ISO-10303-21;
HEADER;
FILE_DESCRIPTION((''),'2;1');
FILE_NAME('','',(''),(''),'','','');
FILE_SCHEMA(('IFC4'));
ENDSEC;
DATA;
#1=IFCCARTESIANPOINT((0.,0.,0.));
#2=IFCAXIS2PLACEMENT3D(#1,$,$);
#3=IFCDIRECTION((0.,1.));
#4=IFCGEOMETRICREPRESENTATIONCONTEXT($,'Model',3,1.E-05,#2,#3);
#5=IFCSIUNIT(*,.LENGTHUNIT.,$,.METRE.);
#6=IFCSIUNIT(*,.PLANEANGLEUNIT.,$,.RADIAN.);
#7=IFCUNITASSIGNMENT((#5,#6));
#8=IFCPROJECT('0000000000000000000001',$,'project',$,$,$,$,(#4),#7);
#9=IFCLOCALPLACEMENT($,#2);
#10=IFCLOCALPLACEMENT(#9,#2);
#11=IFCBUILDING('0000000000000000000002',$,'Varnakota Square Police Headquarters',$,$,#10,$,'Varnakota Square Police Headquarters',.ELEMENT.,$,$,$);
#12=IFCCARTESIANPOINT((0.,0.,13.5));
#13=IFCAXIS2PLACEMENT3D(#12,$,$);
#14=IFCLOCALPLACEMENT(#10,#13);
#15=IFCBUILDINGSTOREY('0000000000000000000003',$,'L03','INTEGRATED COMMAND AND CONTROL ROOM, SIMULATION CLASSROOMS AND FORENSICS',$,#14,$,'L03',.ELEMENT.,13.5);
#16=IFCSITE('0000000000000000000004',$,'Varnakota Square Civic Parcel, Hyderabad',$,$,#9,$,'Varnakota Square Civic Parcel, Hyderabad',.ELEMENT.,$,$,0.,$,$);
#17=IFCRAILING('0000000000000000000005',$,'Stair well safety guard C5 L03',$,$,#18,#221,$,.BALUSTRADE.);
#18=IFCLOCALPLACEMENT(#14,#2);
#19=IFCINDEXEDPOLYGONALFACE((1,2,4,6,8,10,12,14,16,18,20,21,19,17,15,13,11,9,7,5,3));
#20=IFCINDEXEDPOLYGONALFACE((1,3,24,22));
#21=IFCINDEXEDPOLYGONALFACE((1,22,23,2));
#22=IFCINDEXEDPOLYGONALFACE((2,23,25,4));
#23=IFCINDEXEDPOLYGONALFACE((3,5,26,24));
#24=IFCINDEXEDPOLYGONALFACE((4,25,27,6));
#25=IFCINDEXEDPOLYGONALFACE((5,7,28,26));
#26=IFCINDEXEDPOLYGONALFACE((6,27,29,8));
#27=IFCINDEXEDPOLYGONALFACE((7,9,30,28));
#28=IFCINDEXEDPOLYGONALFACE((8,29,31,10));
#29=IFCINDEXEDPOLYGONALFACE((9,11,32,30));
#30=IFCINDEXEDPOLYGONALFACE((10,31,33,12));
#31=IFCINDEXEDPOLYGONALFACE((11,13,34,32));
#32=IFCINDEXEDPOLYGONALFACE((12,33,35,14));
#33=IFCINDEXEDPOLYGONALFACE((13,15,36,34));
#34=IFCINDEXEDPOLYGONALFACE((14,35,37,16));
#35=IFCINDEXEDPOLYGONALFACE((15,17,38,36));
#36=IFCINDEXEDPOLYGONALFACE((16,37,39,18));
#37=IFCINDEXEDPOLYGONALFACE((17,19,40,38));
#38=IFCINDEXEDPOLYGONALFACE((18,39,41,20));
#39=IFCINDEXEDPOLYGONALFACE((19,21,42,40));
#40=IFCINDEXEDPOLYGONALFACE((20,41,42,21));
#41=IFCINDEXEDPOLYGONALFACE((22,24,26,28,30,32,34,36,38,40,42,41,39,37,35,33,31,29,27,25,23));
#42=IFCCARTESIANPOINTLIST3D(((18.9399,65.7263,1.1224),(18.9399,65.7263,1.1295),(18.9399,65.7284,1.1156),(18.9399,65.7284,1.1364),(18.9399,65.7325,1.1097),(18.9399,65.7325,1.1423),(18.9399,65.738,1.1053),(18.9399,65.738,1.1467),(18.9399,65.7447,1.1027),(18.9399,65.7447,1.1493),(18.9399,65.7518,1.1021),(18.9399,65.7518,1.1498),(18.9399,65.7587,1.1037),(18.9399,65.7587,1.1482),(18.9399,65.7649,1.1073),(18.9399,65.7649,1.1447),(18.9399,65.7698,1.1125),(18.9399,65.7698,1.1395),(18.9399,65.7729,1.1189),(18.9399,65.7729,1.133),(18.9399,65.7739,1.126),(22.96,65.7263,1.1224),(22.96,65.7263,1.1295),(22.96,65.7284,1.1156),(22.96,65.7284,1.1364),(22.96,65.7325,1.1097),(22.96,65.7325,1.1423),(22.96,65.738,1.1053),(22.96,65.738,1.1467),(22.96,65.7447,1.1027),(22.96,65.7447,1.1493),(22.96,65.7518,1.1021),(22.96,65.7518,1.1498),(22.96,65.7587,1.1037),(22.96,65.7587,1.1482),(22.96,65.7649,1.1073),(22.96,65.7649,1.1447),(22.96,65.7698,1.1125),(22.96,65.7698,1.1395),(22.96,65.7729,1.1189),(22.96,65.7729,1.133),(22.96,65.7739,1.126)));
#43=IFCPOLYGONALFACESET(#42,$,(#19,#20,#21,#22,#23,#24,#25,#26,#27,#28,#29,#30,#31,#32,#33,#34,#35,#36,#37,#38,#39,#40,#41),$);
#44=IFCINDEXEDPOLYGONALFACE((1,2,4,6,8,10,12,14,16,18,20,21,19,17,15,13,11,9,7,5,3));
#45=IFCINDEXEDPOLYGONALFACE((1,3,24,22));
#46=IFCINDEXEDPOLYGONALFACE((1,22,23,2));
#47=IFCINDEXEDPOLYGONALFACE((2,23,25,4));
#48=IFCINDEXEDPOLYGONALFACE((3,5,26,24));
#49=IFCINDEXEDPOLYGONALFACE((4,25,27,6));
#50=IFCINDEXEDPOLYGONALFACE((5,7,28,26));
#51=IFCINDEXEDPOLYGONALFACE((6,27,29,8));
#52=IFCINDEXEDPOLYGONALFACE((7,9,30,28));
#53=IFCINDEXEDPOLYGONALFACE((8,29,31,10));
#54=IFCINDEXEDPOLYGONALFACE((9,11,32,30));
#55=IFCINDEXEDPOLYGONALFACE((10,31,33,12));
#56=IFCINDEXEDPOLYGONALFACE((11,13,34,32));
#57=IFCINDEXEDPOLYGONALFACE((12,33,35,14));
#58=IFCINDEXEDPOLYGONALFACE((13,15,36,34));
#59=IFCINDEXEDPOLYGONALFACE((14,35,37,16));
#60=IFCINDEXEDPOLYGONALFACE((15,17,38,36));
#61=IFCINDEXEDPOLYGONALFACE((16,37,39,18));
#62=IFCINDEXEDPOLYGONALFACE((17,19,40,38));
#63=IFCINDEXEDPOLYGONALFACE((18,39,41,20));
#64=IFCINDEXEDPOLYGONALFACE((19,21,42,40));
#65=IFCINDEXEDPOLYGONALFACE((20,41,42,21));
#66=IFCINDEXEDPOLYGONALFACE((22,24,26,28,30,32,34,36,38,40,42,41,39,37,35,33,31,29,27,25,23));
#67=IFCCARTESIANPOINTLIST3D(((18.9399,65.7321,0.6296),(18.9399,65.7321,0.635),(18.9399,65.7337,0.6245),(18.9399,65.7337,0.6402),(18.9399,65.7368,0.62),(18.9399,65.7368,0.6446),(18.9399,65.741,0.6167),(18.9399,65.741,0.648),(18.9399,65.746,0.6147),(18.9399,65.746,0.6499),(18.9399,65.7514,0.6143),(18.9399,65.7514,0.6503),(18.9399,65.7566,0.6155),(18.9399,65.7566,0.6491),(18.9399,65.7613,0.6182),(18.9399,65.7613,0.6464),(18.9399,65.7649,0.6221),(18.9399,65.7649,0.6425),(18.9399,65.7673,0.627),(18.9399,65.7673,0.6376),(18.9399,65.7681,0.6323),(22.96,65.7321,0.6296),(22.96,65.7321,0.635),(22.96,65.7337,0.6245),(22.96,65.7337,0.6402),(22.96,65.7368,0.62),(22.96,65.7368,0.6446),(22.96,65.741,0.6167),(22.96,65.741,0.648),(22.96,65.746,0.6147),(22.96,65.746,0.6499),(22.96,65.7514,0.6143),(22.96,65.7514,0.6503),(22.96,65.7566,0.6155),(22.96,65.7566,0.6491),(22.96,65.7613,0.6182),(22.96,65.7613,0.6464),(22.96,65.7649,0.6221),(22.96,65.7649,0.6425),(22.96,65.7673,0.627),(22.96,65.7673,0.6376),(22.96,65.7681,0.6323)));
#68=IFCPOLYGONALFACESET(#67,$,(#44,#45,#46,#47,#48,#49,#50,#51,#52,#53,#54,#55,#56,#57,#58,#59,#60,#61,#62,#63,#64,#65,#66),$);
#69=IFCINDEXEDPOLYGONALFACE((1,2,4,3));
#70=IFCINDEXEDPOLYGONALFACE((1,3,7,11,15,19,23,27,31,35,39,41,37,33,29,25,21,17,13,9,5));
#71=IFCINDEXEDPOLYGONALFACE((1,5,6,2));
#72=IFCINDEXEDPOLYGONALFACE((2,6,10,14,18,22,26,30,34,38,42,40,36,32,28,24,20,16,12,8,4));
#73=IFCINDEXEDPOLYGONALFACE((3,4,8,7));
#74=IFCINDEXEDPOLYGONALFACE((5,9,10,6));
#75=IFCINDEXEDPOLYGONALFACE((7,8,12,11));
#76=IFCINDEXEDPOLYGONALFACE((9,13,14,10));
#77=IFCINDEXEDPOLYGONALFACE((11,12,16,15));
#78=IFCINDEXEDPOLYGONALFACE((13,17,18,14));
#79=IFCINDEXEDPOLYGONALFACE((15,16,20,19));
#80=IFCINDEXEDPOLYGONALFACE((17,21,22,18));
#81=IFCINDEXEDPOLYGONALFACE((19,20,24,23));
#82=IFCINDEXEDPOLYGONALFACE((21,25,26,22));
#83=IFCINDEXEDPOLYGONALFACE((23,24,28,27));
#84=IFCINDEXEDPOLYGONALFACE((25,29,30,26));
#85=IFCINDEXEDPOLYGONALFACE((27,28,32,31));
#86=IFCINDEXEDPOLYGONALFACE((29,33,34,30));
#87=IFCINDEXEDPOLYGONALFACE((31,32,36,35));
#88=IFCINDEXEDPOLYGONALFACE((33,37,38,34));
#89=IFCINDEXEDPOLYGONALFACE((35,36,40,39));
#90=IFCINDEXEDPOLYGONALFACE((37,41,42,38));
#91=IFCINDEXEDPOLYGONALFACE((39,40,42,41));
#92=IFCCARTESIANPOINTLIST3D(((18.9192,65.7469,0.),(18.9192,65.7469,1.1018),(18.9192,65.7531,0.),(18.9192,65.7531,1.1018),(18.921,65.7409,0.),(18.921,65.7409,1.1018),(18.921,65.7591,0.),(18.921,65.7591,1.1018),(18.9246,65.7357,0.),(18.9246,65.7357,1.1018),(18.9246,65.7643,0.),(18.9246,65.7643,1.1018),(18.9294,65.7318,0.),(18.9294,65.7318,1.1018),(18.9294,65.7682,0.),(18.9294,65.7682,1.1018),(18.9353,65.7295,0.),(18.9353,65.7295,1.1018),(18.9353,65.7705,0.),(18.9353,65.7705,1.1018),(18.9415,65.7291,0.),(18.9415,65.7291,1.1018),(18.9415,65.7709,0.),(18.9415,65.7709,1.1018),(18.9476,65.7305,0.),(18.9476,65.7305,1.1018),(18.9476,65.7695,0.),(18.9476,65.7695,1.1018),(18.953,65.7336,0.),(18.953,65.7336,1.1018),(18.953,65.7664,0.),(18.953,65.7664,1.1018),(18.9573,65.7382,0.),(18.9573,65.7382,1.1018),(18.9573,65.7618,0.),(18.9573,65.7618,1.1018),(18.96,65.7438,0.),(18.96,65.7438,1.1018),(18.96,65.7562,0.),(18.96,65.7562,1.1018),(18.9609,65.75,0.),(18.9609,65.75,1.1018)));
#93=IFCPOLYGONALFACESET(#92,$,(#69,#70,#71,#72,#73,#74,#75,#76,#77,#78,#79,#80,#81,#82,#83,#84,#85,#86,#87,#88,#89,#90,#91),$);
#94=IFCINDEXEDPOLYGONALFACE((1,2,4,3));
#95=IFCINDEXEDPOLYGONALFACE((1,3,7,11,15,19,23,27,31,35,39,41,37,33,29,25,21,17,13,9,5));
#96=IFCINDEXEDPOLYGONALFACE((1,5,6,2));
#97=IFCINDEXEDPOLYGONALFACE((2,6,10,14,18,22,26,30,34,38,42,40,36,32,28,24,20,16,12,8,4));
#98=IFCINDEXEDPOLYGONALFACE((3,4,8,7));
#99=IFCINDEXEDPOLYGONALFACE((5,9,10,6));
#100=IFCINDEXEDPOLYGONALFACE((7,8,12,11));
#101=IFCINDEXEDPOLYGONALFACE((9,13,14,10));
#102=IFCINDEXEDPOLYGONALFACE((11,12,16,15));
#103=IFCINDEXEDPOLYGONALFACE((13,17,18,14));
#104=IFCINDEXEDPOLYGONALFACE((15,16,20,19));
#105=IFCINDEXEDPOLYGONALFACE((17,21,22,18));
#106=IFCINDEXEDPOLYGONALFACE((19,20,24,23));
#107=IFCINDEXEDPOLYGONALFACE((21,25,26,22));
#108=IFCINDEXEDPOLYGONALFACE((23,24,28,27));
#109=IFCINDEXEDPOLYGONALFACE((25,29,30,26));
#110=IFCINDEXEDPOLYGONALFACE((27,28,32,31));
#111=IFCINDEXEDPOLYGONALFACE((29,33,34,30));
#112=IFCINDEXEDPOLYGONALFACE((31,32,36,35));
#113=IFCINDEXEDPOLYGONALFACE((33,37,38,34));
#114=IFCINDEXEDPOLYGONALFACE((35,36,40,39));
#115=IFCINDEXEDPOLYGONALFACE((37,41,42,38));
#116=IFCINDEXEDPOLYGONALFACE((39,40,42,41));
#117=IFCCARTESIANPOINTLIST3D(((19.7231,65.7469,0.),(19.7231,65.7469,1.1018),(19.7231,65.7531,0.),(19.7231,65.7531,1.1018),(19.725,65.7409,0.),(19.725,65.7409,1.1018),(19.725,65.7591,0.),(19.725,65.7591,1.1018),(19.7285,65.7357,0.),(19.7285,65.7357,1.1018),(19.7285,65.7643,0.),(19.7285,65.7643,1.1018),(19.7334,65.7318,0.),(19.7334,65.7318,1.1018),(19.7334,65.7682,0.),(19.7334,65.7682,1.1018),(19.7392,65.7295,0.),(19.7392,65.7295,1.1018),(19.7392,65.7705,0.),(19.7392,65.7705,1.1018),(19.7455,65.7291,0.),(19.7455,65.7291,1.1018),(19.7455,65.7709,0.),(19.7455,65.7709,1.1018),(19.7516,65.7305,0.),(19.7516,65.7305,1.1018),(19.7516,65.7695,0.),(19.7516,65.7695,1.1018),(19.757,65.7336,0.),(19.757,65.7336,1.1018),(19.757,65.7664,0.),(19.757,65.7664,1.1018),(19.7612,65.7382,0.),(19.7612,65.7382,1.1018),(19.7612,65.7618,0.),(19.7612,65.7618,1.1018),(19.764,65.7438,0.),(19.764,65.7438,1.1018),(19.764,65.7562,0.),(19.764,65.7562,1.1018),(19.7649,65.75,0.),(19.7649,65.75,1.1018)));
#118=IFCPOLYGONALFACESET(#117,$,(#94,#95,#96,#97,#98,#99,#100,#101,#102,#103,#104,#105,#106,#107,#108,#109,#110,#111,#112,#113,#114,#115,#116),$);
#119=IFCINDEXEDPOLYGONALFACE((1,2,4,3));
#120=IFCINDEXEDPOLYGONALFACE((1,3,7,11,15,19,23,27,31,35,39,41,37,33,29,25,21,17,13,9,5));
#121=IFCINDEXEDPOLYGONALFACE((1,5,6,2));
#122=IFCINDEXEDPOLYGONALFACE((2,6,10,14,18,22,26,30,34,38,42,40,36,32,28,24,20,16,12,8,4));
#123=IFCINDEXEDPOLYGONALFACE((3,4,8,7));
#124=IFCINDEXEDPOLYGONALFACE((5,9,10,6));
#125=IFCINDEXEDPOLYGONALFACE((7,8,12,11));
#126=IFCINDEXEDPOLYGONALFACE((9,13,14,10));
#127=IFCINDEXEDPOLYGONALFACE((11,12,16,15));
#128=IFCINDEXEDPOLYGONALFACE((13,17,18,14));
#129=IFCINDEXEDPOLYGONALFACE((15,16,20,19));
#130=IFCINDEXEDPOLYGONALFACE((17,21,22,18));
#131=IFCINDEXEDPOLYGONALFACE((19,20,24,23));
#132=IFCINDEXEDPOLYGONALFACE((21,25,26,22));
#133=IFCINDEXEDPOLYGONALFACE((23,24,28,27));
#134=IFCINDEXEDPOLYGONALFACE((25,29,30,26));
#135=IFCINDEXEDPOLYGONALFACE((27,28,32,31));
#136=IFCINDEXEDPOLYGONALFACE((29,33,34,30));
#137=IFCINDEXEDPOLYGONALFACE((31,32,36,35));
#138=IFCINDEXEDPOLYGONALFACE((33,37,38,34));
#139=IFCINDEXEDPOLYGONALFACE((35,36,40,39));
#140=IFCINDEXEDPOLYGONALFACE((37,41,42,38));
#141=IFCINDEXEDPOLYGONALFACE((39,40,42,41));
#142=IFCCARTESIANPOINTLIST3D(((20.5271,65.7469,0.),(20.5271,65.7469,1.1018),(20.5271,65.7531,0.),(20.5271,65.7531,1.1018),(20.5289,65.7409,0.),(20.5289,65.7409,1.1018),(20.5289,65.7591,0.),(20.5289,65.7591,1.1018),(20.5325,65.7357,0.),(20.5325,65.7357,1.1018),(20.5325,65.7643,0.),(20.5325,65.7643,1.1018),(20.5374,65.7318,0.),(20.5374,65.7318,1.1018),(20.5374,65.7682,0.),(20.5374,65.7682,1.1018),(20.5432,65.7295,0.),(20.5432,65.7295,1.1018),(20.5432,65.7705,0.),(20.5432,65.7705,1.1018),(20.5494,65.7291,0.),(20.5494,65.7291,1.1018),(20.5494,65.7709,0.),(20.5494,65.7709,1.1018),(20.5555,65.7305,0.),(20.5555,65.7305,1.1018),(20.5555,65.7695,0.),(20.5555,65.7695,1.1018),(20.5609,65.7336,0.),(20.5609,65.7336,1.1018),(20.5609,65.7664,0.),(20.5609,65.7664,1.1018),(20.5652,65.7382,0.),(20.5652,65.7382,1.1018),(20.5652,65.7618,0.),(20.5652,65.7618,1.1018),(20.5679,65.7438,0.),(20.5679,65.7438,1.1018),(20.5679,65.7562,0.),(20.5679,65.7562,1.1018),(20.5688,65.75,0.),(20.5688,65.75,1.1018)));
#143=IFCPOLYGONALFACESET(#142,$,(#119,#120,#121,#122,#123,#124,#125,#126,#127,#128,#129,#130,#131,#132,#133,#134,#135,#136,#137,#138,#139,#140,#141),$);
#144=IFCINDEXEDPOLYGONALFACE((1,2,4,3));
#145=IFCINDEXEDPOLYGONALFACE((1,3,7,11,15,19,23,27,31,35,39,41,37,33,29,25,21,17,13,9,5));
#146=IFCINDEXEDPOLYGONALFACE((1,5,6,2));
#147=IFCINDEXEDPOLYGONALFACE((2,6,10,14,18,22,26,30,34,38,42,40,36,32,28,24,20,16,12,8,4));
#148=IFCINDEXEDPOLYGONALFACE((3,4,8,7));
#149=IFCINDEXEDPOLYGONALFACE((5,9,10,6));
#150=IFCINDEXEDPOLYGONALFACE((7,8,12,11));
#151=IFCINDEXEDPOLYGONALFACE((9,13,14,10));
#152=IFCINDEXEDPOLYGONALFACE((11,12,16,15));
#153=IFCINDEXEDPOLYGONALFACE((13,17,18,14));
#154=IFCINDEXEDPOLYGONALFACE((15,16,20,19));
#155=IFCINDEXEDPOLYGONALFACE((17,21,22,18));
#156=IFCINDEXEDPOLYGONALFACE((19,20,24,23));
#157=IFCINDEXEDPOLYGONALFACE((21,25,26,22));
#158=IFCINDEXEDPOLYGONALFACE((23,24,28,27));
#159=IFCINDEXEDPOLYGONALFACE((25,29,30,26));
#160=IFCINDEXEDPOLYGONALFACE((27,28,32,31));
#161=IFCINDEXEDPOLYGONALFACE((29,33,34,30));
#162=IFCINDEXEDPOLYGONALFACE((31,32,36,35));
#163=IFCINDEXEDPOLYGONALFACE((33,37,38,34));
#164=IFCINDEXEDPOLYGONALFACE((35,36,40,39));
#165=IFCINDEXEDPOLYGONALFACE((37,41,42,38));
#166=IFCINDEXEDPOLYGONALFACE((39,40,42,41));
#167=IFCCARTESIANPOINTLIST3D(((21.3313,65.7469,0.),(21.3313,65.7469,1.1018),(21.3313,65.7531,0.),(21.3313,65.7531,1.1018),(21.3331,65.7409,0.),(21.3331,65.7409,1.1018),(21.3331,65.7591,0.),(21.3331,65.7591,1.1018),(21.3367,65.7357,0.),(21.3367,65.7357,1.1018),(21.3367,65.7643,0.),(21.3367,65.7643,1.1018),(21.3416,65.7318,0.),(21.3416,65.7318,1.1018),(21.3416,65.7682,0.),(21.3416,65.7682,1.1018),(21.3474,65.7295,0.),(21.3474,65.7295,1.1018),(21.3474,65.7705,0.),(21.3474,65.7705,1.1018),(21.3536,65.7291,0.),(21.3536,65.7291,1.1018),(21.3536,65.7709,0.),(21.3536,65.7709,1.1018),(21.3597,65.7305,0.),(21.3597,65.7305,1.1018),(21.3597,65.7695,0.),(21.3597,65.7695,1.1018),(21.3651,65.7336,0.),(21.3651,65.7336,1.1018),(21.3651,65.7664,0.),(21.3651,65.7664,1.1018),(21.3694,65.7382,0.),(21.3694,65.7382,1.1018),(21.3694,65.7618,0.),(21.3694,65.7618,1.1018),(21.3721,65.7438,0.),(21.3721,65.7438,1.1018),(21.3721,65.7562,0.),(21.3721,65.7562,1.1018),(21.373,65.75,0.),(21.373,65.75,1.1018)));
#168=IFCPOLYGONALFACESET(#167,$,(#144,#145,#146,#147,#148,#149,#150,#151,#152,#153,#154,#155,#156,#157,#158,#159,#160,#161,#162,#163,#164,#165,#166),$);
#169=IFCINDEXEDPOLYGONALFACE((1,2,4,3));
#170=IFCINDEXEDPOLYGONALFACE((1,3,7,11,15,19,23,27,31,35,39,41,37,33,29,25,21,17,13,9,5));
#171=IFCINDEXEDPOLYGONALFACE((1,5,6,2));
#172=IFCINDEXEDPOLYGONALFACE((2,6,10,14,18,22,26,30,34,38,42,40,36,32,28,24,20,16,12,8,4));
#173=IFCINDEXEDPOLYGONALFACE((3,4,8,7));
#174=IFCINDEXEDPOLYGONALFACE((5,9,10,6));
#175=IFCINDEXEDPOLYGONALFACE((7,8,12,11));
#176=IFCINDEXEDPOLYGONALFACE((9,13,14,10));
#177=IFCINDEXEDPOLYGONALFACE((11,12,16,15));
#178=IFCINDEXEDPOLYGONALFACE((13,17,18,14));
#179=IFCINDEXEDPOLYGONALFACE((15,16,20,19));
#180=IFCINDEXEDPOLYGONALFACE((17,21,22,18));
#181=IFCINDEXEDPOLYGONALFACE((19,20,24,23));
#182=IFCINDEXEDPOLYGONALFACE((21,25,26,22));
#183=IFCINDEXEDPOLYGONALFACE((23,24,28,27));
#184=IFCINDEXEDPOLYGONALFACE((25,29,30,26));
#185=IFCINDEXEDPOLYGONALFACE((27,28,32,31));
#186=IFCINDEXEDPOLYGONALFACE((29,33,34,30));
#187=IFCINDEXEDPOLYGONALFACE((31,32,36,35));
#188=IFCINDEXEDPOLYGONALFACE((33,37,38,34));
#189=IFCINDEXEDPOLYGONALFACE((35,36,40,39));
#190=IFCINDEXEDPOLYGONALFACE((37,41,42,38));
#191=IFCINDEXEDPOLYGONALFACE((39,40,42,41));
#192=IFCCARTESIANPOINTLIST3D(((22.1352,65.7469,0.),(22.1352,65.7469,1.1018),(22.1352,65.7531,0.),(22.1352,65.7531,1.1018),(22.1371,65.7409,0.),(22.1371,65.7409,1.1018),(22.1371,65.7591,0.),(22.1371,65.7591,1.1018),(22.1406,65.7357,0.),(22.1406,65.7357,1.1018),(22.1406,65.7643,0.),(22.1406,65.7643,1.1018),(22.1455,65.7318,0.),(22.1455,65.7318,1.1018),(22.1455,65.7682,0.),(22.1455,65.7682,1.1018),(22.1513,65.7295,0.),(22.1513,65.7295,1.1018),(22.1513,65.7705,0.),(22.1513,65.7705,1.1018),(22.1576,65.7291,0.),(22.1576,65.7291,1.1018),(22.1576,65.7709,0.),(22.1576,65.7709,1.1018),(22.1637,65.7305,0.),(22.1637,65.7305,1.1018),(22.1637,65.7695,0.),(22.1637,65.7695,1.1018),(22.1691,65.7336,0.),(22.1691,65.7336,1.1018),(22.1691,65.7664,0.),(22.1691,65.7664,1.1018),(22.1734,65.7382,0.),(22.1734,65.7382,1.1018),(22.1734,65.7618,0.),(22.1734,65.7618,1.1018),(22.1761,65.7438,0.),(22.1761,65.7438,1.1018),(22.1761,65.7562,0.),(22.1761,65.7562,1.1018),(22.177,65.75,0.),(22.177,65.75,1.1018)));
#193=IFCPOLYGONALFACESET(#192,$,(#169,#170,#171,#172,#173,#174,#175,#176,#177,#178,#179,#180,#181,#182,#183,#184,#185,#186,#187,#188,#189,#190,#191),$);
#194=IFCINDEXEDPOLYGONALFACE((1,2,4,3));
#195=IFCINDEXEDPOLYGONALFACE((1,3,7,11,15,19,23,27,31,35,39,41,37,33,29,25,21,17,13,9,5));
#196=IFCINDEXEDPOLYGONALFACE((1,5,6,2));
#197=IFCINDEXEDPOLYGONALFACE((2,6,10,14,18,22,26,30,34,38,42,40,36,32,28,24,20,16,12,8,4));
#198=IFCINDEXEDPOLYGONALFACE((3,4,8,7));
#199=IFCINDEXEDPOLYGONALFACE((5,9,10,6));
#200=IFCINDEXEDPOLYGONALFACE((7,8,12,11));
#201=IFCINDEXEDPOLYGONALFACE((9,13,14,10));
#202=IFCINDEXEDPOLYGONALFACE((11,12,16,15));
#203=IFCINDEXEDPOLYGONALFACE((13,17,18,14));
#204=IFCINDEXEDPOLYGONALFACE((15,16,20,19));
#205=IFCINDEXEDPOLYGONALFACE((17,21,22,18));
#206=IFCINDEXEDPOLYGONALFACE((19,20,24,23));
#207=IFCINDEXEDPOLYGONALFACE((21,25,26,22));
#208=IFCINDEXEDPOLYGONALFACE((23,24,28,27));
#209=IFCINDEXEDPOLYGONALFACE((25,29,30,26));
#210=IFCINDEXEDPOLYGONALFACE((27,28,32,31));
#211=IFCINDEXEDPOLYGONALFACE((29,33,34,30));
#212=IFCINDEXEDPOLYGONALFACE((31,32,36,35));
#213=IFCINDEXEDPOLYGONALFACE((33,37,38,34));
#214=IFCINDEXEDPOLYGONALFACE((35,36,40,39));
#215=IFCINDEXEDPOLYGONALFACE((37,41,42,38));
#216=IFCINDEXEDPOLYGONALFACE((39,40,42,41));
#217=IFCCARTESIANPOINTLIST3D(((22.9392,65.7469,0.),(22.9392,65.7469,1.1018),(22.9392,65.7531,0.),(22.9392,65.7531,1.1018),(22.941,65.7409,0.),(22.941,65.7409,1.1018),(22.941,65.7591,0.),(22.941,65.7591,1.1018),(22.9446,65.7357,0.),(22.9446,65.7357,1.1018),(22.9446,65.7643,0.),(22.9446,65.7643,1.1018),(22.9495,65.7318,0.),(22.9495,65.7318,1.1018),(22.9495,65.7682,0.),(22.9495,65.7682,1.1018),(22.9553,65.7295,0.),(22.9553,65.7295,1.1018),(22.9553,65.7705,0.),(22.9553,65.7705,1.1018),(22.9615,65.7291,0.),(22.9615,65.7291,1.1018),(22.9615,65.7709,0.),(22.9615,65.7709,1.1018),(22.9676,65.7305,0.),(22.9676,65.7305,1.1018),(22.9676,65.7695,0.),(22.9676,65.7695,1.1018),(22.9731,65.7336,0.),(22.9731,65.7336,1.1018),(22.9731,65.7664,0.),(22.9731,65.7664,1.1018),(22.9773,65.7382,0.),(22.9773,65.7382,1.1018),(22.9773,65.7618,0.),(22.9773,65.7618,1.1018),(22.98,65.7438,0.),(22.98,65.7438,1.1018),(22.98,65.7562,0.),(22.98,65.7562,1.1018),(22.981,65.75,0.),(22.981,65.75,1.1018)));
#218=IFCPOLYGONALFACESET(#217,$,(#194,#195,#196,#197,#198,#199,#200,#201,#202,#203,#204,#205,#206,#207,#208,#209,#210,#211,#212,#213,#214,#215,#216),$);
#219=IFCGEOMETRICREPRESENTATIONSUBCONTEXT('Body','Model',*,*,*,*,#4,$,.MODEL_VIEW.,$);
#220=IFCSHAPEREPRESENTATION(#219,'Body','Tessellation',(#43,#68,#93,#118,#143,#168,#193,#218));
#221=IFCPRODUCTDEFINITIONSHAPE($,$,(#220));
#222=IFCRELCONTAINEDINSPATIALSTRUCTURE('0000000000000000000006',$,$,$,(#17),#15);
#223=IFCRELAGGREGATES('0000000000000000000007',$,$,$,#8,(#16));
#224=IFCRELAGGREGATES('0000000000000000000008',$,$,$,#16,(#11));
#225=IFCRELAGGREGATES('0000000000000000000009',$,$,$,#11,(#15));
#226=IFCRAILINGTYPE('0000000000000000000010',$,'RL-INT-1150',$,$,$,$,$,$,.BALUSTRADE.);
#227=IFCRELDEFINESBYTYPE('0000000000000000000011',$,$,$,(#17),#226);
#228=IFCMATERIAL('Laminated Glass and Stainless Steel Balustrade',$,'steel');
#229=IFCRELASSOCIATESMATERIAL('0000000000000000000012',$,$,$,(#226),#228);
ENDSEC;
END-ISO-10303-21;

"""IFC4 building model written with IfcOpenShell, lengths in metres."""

from ifc_helpers import new_model, si_unit, direction, frame, origin, origin_2d, place, context, subcontext, project, spatial, circle, extrude, material, type_object, element, save


model = new_model("IFC4")

# Units and contexts
model_context = context("Model", 3, precision=1e-05, world=origin(), true_north=direction((0.0, 1.0)))
body_context = subcontext(model_context, "Body", "Model", "MODEL_VIEW")
ifc_project = project(units=[si_unit("LENGTHUNIT", "METRE"), si_unit("PLANEANGLEUNIT", "RADIAN")], contexts=[model_context])

# Site, building, storey
site_placement = place(None, origin())
site = spatial("IfcSite", under=ifc_project, at=site_placement, Name="Varnakota Square Civic Parcel, Hyderabad", LongName="Varnakota Square Civic Parcel, Hyderabad", CompositionType="ELEMENT", RefElevation=0.0)
building_placement = place(site_placement, origin())
building = spatial("IfcBuilding", under=site, at=building_placement, Name="Varnakota Square Police Headquarters", LongName="Varnakota Square Police Headquarters", CompositionType="ELEMENT")
storey_placement = place(building_placement, frame((0.0, 0.0, 13.5)))
storey = spatial("IfcBuildingStorey", under=building, at=storey_placement, Name="L03", Description="INTEGRATED COMMAND AND CONTROL ROOM, SIMULATION CLASSROOMS AND FORENSICS", LongName="L03", CompositionType="ELEMENT", Elevation=13.5)

# Railing
ifc_material_1 = material(Name="Laminated Glass and Stainless Steel Balustrade", Category="steel")
railing_type_1 = type_object("IfcRailingType", Name="RL-INT-1150", PredefinedType="BALUSTRADE", material=ifc_material_1)
railing_1_placement = place(storey_placement, frame((18.9399, 65.75, 0.0)))
element("IfcRailing", 1, at=railing_1_placement, inside=storey, type_object=railing_type_1, Name="Stair well safety guard C5 L03", PredefinedType="BALUSTRADE", context=body_context, shape_type="SweptSolid", body=[
    extrude(circle(Radius=0.0239, at=origin_2d()), frame((0.0, 0.0, 1.126), z_axis=(1.0, 0.0, 0.0), x_axis=(0.0, 1.0, 0.0)), (0.0, 0.0, 1.0), 4.02),
    extrude(circle(Radius=0.0181, at=origin_2d()), frame((0.0, 0.0, 0.6323), z_axis=(1.0, 0.0, 0.0), x_axis=(0.0, 1.0, 0.0)), (0.0, 0.0, 1.0), 4.02),
    extrude(circle(Radius=0.021, at=origin_2d()), origin(), (0.0, 0.0, 1.0), 1.1018),
    extrude(circle(Radius=0.021, at=origin_2d()), frame((0.804, 0.0, 0.0)), (0.0, 0.0, 1.0), 1.1018),
    extrude(circle(Radius=0.021, at=origin_2d()), frame((1.6079, 0.0, 0.0)), (0.0, 0.0, 1.0), 1.1018),
    extrude(circle(Radius=0.021, at=origin_2d()), frame((2.4121, 0.0, 0.0)), (0.0, 0.0, 1.0), 1.1018),
    extrude(circle(Radius=0.021, at=origin_2d()), frame((3.2161, 0.0, 0.0)), (0.0, 0.0, 1.0), 1.1018),
    extrude(circle(Radius=0.021, at=origin_2d()), frame((4.02, 0.0, 0.0)), (0.0, 0.0, 1.0), 1.1018),
])

save(model, "model.ifc")
